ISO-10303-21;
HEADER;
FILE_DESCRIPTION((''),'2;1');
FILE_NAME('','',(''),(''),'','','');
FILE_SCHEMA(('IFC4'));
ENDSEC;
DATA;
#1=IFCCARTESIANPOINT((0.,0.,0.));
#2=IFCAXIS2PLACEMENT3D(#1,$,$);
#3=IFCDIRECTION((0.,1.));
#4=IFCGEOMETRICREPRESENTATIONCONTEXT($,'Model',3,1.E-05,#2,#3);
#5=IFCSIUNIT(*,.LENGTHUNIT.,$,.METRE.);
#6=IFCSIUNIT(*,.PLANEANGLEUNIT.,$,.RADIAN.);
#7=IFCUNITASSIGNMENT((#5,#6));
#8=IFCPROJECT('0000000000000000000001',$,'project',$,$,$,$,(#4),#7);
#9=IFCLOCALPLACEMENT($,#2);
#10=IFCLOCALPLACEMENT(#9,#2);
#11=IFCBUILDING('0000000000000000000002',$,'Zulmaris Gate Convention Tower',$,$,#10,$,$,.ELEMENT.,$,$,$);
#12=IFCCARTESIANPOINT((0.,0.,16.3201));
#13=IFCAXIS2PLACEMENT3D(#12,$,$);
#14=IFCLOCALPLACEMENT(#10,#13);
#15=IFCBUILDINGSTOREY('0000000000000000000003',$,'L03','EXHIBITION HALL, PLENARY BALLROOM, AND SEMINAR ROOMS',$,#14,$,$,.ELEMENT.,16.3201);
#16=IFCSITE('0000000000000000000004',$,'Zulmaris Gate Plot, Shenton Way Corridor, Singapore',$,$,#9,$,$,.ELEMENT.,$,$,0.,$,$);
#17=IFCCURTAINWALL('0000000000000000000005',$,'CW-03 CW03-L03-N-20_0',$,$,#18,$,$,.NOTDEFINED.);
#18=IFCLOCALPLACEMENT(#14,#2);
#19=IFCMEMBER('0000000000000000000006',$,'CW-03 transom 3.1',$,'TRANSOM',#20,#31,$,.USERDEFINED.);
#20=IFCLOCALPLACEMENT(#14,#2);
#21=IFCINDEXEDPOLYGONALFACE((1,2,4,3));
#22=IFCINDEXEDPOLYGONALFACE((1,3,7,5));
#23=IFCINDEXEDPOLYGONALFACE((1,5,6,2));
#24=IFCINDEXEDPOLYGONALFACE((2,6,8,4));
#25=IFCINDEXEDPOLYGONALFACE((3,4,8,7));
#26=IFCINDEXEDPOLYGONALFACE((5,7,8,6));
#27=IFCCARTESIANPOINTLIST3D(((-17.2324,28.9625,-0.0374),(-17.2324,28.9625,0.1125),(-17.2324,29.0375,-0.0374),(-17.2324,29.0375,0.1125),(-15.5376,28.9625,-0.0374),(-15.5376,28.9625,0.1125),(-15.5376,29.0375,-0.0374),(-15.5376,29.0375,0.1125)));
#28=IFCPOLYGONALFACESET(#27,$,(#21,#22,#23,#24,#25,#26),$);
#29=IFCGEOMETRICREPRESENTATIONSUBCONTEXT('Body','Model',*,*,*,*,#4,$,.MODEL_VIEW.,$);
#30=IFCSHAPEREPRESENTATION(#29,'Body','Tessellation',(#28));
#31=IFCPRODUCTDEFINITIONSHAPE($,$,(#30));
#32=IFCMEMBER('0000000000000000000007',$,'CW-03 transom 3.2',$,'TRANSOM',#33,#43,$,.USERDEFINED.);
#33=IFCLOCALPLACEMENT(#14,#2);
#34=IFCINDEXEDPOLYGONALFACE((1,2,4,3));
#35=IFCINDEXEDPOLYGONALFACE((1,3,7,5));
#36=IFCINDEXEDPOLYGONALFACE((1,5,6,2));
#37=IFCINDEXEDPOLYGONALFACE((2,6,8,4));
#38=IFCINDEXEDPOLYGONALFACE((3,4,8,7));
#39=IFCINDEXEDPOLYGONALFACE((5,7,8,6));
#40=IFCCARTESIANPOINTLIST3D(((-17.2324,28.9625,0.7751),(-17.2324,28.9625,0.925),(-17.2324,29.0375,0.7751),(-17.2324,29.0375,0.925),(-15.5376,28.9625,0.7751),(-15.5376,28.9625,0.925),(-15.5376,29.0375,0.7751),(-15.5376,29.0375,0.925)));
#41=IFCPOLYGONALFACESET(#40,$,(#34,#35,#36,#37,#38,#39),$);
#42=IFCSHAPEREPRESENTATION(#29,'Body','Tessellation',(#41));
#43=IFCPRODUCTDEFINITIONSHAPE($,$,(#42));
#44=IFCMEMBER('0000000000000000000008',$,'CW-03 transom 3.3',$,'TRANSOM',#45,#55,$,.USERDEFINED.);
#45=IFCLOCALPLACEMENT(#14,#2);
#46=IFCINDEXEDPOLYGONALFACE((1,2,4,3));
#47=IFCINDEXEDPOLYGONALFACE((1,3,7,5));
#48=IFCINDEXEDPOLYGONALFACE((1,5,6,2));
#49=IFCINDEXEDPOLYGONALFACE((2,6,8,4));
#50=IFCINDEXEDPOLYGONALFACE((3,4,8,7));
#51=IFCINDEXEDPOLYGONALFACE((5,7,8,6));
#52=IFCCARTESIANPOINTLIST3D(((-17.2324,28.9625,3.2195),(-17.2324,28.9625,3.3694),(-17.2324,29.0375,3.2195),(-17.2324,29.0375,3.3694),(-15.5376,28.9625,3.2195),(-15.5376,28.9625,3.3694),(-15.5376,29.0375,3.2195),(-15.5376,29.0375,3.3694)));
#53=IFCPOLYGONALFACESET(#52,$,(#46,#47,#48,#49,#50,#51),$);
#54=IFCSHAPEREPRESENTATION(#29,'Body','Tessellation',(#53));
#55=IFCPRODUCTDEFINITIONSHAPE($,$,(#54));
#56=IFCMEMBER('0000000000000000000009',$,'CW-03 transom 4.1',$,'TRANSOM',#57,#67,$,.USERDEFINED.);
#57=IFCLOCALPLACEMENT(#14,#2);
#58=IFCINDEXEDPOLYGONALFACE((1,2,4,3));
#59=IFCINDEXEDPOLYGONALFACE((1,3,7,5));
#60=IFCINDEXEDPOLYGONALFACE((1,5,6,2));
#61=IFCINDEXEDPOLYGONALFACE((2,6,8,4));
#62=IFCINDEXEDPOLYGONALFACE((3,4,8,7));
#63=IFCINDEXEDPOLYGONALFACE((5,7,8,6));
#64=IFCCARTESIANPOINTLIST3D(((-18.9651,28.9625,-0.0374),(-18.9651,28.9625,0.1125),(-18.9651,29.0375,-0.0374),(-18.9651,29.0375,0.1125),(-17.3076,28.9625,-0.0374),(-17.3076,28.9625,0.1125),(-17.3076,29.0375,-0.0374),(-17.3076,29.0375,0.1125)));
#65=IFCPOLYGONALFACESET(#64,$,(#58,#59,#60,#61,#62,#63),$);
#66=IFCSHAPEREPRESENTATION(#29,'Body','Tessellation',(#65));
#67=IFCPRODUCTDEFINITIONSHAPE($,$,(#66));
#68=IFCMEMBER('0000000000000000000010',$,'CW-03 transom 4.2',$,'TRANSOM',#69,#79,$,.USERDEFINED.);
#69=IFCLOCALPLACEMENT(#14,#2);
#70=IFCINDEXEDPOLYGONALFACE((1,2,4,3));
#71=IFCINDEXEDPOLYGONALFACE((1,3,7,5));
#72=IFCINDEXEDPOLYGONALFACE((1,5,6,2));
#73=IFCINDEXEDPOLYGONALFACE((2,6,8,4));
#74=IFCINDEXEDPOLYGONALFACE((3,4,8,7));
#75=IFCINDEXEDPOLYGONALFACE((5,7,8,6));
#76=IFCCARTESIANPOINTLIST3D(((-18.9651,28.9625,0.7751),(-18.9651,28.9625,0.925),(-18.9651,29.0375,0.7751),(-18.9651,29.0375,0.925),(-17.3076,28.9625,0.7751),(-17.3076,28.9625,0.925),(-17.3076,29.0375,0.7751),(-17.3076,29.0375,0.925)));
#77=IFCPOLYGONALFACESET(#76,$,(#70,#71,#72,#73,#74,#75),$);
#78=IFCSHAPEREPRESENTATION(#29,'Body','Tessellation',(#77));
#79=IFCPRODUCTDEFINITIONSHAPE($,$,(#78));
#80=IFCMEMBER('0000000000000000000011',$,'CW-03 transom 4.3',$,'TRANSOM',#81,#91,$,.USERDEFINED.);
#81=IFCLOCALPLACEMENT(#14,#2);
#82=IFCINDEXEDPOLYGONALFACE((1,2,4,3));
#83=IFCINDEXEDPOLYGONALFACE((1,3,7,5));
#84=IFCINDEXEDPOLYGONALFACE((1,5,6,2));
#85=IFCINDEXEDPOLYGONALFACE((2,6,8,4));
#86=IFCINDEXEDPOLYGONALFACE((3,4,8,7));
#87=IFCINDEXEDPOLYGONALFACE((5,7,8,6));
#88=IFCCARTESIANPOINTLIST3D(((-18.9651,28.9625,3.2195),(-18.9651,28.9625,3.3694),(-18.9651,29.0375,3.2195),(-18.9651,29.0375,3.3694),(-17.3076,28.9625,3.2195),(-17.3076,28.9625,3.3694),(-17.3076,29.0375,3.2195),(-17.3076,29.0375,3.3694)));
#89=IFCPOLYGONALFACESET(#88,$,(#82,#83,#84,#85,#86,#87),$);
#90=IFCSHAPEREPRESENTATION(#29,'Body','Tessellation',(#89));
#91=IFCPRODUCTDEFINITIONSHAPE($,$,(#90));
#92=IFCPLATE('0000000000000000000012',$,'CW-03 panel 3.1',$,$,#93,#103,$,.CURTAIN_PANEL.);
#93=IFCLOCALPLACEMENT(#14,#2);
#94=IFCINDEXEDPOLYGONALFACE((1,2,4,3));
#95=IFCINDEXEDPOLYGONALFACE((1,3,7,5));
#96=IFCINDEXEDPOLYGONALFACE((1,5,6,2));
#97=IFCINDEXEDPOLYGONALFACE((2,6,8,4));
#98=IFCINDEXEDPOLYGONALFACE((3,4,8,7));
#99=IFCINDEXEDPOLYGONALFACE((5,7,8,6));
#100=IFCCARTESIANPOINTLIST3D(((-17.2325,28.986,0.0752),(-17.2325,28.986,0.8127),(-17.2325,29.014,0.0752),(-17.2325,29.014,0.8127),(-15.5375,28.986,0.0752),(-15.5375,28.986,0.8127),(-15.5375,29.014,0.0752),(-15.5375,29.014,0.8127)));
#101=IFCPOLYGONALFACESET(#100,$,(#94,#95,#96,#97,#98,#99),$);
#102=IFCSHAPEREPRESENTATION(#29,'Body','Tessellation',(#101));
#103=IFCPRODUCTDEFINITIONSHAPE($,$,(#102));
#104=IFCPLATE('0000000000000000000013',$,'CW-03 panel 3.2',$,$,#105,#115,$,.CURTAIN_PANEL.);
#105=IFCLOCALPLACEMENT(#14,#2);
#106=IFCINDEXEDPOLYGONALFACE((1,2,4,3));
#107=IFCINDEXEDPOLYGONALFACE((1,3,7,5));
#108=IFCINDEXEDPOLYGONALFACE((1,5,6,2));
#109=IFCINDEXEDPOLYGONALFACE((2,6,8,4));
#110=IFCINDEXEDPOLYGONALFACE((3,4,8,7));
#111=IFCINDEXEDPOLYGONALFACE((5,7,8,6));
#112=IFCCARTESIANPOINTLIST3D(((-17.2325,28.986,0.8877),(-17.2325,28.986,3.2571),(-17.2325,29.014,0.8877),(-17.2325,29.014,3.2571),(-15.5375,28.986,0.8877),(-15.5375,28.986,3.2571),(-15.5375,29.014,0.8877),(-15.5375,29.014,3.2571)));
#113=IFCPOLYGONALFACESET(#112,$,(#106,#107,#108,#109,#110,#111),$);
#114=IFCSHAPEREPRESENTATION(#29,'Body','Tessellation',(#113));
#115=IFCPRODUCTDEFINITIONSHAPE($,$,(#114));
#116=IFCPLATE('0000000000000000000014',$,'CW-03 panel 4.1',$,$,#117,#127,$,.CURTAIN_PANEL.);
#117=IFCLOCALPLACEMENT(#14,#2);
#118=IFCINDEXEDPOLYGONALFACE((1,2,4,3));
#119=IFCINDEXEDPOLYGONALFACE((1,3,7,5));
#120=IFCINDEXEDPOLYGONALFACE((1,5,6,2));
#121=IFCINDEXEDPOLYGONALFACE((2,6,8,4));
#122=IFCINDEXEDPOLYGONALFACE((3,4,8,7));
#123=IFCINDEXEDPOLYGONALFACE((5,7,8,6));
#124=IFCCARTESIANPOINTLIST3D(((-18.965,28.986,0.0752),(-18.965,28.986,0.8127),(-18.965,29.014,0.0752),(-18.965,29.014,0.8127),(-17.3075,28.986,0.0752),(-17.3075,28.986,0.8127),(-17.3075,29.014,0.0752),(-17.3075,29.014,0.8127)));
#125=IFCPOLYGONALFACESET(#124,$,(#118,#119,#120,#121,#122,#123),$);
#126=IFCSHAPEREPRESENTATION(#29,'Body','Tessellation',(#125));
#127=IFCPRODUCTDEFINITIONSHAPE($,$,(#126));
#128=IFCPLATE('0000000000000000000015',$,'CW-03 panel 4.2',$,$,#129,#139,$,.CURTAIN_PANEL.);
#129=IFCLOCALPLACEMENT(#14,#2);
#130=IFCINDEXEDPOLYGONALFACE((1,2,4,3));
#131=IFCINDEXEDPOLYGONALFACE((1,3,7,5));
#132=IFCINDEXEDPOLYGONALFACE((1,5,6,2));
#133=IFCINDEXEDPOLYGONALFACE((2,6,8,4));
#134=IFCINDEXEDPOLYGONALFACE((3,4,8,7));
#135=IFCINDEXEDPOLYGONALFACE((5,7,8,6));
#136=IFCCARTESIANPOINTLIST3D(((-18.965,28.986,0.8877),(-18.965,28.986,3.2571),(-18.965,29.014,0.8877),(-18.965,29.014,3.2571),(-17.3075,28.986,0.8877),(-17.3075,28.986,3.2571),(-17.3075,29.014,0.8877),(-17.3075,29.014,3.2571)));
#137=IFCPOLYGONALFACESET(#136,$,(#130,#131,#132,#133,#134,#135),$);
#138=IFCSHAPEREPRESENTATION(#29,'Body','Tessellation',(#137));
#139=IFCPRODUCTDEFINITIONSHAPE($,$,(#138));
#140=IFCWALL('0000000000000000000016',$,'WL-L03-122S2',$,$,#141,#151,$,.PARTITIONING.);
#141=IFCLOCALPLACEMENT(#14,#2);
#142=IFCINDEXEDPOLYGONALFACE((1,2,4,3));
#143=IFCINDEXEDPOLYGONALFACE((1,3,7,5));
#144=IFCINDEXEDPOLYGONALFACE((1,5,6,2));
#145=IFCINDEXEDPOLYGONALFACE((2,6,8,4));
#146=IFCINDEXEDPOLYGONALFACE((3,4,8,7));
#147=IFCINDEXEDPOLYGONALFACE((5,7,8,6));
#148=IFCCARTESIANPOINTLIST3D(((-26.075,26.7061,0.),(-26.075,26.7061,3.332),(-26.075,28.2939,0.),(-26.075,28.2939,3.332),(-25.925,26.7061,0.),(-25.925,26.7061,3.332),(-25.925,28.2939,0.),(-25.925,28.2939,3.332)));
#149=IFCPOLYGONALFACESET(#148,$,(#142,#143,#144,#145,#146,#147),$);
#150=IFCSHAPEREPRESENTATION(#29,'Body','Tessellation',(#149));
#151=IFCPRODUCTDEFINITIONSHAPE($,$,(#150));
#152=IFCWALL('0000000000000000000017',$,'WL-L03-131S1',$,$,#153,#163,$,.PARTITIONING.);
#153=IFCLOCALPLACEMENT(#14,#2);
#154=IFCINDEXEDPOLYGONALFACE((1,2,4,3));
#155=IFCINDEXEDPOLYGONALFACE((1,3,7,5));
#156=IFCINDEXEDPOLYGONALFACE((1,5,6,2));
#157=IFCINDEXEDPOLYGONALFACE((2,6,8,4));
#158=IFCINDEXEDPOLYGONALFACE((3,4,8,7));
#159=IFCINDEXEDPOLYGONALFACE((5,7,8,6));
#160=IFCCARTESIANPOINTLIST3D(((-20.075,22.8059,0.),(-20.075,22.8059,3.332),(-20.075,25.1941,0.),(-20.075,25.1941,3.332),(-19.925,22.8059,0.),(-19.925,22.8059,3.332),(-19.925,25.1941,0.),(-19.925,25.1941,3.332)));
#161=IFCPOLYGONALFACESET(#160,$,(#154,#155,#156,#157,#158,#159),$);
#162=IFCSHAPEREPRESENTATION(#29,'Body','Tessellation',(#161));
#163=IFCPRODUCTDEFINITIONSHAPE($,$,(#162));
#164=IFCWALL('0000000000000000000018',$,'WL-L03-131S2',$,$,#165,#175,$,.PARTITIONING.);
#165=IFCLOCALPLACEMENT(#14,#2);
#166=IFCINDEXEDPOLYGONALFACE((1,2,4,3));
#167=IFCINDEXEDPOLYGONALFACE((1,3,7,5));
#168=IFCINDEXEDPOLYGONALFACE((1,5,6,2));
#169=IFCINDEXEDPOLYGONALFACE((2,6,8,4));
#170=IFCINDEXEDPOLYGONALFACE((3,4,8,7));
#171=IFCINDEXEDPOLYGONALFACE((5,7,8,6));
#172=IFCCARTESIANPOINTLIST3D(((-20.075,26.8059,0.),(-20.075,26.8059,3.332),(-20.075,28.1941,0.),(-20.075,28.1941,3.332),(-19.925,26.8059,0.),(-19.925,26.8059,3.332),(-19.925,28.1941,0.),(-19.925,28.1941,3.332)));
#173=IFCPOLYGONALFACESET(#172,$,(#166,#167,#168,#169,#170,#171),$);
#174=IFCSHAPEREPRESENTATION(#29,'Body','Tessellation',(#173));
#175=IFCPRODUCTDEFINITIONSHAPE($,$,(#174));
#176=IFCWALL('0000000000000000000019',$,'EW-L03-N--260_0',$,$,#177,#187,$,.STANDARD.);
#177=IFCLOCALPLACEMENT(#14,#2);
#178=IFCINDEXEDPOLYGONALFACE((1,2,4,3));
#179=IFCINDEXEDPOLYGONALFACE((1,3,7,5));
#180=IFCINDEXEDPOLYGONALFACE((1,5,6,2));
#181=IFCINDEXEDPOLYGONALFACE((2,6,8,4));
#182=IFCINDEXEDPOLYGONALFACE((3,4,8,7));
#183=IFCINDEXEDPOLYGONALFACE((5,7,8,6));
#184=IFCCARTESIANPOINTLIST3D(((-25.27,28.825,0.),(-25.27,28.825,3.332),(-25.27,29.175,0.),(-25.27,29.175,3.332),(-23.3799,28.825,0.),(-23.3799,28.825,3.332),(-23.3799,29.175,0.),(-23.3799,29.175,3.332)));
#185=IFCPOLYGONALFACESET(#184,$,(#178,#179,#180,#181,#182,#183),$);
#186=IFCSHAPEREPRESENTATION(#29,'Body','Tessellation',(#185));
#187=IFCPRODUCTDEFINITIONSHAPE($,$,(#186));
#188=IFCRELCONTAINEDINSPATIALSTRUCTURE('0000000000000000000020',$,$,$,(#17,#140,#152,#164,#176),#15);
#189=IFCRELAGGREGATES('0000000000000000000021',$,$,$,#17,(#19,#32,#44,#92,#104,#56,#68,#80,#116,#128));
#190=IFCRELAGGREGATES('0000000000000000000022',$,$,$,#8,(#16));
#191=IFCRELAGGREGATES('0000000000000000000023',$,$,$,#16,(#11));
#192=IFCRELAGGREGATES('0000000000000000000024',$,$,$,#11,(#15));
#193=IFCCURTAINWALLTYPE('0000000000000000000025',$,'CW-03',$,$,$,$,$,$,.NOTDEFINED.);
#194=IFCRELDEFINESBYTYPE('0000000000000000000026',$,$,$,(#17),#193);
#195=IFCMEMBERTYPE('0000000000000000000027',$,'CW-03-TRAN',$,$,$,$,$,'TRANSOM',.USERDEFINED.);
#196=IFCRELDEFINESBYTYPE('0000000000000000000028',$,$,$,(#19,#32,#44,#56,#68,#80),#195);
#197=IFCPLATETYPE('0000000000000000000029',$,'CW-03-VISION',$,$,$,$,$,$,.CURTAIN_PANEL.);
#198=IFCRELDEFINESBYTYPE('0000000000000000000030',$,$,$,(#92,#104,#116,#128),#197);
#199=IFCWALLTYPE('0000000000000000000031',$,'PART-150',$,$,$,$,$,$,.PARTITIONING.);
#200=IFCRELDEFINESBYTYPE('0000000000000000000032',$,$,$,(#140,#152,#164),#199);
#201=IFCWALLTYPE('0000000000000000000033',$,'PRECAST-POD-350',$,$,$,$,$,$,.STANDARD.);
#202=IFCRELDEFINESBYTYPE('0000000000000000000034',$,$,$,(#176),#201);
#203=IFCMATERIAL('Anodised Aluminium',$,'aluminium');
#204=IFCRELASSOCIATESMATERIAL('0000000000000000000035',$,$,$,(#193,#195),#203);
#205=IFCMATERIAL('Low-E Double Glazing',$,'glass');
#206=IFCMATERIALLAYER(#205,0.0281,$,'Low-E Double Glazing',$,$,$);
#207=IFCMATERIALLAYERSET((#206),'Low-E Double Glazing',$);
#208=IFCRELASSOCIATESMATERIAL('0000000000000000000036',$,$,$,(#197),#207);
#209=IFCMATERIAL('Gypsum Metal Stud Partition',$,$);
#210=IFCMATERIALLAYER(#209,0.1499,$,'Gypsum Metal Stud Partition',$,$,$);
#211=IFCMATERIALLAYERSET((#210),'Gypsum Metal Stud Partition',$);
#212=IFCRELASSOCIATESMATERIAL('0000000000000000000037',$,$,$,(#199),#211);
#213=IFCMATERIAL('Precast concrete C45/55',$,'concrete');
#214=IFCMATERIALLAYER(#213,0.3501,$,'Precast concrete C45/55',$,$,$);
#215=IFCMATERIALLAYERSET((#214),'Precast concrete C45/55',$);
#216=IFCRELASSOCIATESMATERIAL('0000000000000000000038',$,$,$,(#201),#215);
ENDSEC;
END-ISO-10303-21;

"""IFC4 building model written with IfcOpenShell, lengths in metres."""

from ifc_helpers import new_model, si_unit, direction, frame, frame_2d, origin, origin_2d, place, context, subcontext, project, spatial, rectangle, extrude, material, layer, layer_set, material_profile, profile_set, type_object, element, aggregate, save


model = new_model("IFC4")

# Units and contexts
model_context = context("Model", 3, precision=1e-05, world=origin(), true_north=direction((0.0, 1.0)))
body_context = subcontext(model_context, "Body", "Model", "MODEL_VIEW")
ifc_project = project(units=[si_unit("LENGTHUNIT", "METRE"), si_unit("PLANEANGLEUNIT", "RADIAN")], contexts=[model_context])

# Site, building, storey
site_placement = place(None, origin())
site = spatial("IfcSite", under=ifc_project, at=site_placement, Name="Zulmaris Gate Plot, Shenton Way Corridor, Singapore", CompositionType="ELEMENT", RefElevation=0.0)
building_placement = place(site_placement, origin())
building = spatial("IfcBuilding", under=site, at=building_placement, Name="Zulmaris Gate Convention Tower", CompositionType="ELEMENT")
storey_placement = place(building_placement, frame((0.0, 0.0, 16.3201)))
storey = spatial("IfcBuildingStorey", under=building, at=storey_placement, Name="L03", Description="EXHIBITION HALL, PLENARY BALLROOM, AND SEMINAR ROOMS", CompositionType="ELEMENT", Elevation=16.3201)

# Curtain wall, members, plates
ifc_material_1 = material(Name="Anodised Aluminium", Category="aluminium")
curtain_wall_type = type_object("IfcCurtainWallType", Name="CW-03", PredefinedType="NOTDEFINED", material=ifc_material_1)
curtain_wall_placement = place(storey_placement, origin())
curtain_wall = element("IfcCurtainWall", 1, at=curtain_wall_placement, inside=storey, type_object=curtain_wall_type, Name="CW-03 CW03-L03-N-20_0", PredefinedType="NOTDEFINED")
ifc_material_profile_1 = material_profile(ifc_material_1, rectangle(XDim=0.075, YDim=0.1499, at=origin_2d()), Name="ALU TRANSOM 75x150")
ifc_profile_set_1 = profile_set([ifc_material_profile_1], Name="Anodised Aluminium")
member_type_1 = type_object("IfcMemberType", Name="CW-03-TRAN", ElementType="TRANSOM", PredefinedType="USERDEFINED", material=ifc_profile_set_1)
member_1_placement = place(storey_placement, frame((-15.5376, 29.0, 0.0376), z_axis=(-1.0, 0.0, 0.0), x_axis=(0.0, -1.0, 0.0)))
member_1 = element("IfcMember", 2, at=member_1_placement, type_object=member_type_1, Name="CW-03 transom 3.1", ObjectType="TRANSOM", PredefinedType="USERDEFINED", context=body_context, shape_type="SweptSolid", body=[
    extrude(rectangle(XDim=0.075, YDim=0.1499, at=origin_2d()), origin(), (0.0, 0.0, 1.0), 1.6948),
])
member_2_placement = place(storey_placement, frame((-15.5376, 29.0, 0.8501), z_axis=(-1.0, 0.0, 0.0), x_axis=(0.0, -1.0, 0.0)))
member_2 = element("IfcMember", 3, at=member_2_placement, type_object=member_type_1, Name="CW-03 transom 3.2", ObjectType="TRANSOM", PredefinedType="USERDEFINED", context=body_context, shape_type="SweptSolid", body=[
    extrude(rectangle(XDim=0.075, YDim=0.1499, at=origin_2d()), origin(), (0.0, 0.0, 1.0), 1.6948),
])
member_3_placement = place(storey_placement, frame((-15.5376, 29.0, 3.2944), z_axis=(-1.0, 0.0, 0.0), x_axis=(0.0, -1.0, 0.0)))
member_3 = element("IfcMember", 4, at=member_3_placement, type_object=member_type_1, Name="CW-03 transom 3.3", ObjectType="TRANSOM", PredefinedType="USERDEFINED", context=body_context, shape_type="SweptSolid", body=[
    extrude(rectangle(XDim=0.075, YDim=0.1499, at=origin_2d()), origin(), (0.0, 0.0, 1.0), 1.6948),
])
member_4_placement = place(storey_placement, frame((-17.3076, 29.0, 0.0376), z_axis=(-1.0, 0.0, 0.0), x_axis=(0.0, -1.0, 0.0)))
member_4 = element("IfcMember", 5, at=member_4_placement, type_object=member_type_1, Name="CW-03 transom 4.1", ObjectType="TRANSOM", PredefinedType="USERDEFINED", context=body_context, shape_type="SweptSolid", body=[
    extrude(rectangle(XDim=0.075, YDim=0.1499, at=origin_2d()), origin(), (0.0, 0.0, 1.0), 1.6575),
])
member_5_placement = place(storey_placement, frame((-17.3076, 29.0, 0.8501), z_axis=(-1.0, 0.0, 0.0), x_axis=(0.0, -1.0, 0.0)))
member_5 = element("IfcMember", 6, at=member_5_placement, type_object=member_type_1, Name="CW-03 transom 4.2", ObjectType="TRANSOM", PredefinedType="USERDEFINED", context=body_context, shape_type="SweptSolid", body=[
    extrude(rectangle(XDim=0.075, YDim=0.1499, at=origin_2d()), origin(), (0.0, 0.0, 1.0), 1.6575),
])
member_6_placement = place(storey_placement, frame((-17.3076, 29.0, 3.2944), z_axis=(-1.0, 0.0, 0.0), x_axis=(0.0, -1.0, 0.0)))
member_6 = element("IfcMember", 7, at=member_6_placement, type_object=member_type_1, Name="CW-03 transom 4.3", ObjectType="TRANSOM", PredefinedType="USERDEFINED", context=body_context, shape_type="SweptSolid", body=[
    extrude(rectangle(XDim=0.075, YDim=0.1499, at=origin_2d()), origin(), (0.0, 0.0, 1.0), 1.6575),
])
ifc_material_2 = material(Name="Low-E Double Glazing", Category="glass")
ifc_layer_1 = layer(ifc_material_2, 0.0281, Name="Low-E Double Glazing")
ifc_layer_set_1 = layer_set([ifc_layer_1], Name="Low-E Double Glazing")
plate_type = type_object("IfcPlateType", Name="CW-03-VISION", PredefinedType="CURTAIN_PANEL", material=ifc_layer_set_1)
plate_1_placement = place(storey_placement, frame((-16.385, 29.0, 0.0752), z_axis=(0.0, 0.0, 1.0), x_axis=(-1.0, 0.0, 0.0)))
plate_1 = element("IfcPlate", 8, at=plate_1_placement, type_object=plate_type, Name="CW-03 panel 3.1", PredefinedType="CURTAIN_PANEL", context=body_context, shape_type="SweptSolid", body=[
    extrude(rectangle(XDim=1.6951, YDim=0.0281, at=origin_2d()), origin(), (0.0, 0.0, 1.0), 0.7375),
])
plate_2_placement = place(storey_placement, frame((-16.385, 29.0, 0.8877), z_axis=(0.0, 0.0, 1.0), x_axis=(-1.0, 0.0, 0.0)))
plate_2 = element("IfcPlate", 9, at=plate_2_placement, type_object=plate_type, Name="CW-03 panel 3.2", PredefinedType="CURTAIN_PANEL", context=body_context, shape_type="SweptSolid", body=[
    extrude(rectangle(XDim=1.6951, YDim=0.0281, at=origin_2d()), origin(), (0.0, 0.0, 1.0), 2.3694),
])
plate_3_placement = place(storey_placement, frame((-18.1362, 29.0, 0.0752), z_axis=(0.0, 0.0, 1.0), x_axis=(-1.0, 0.0, 0.0)))
plate_3 = element("IfcPlate", 10, at=plate_3_placement, type_object=plate_type, Name="CW-03 panel 4.1", PredefinedType="CURTAIN_PANEL", context=body_context, shape_type="SweptSolid", body=[
    extrude(rectangle(XDim=1.6575, YDim=0.0281, at=origin_2d()), origin(), (0.0, 0.0, 1.0), 0.7375),
])
plate_4_placement = place(storey_placement, frame((-18.1362, 29.0, 0.8877), z_axis=(0.0, 0.0, 1.0), x_axis=(-1.0, 0.0, 0.0)))
plate_4 = element("IfcPlate", 11, at=plate_4_placement, type_object=plate_type, Name="CW-03 panel 4.2", PredefinedType="CURTAIN_PANEL", context=body_context, shape_type="SweptSolid", body=[
    extrude(rectangle(XDim=1.6575, YDim=0.0281, at=origin_2d()), origin(), (0.0, 0.0, 1.0), 2.3694),
])
aggregate(curtain_wall, [member_1, member_2, member_3, plate_1, plate_2, member_4, member_5, member_6, plate_3, plate_4])

# Walls
ifc_material_3 = material(Name="Gypsum Metal Stud Partition")
ifc_layer_2 = layer(ifc_material_3, 0.1499, Name="Gypsum Metal Stud Partition")
ifc_layer_set_2 = layer_set([ifc_layer_2], Name="Gypsum Metal Stud Partition")
wall_type_1 = type_object("IfcWallType", Name="PART-150", PredefinedType="PARTITIONING", material=ifc_layer_set_2)
wall_1_placement = place(storey_placement, frame((-26.0, 26.7061, 0.0), z_axis=(0.0, 0.0, 1.0), x_axis=(0.0, 1.0, 0.0)))
element("IfcWall", 12, at=wall_1_placement, inside=storey, type_object=wall_type_1, Name="WL-L03-122S2", PredefinedType="PARTITIONING", context=body_context, shape_type="SweptSolid", body=[
    extrude(rectangle(XDim=1.5879, YDim=0.1499, at=frame_2d((0.7939, 0.0))), origin(), (0.0, 0.0, 1.0), 3.332),
])
wall_2_placement = place(storey_placement, frame((-20.0, 22.8059, 0.0), z_axis=(0.0, 0.0, 1.0), x_axis=(0.0, 1.0, 0.0)))
element("IfcWall", 13, at=wall_2_placement, inside=storey, type_object=wall_type_1, Name="WL-L03-131S1", PredefinedType="PARTITIONING", context=body_context, shape_type="SweptSolid", body=[
    extrude(rectangle(XDim=2.3882, YDim=0.1499, at=frame_2d((1.1941, 0.0))), origin(), (0.0, 0.0, 1.0), 3.332),
])
wall_3_placement = place(storey_placement, frame((-20.0, 26.8059, 0.0), z_axis=(0.0, 0.0, 1.0), x_axis=(0.0, 1.0, 0.0)))
element("IfcWall", 14, at=wall_3_placement, inside=storey, type_object=wall_type_1, Name="WL-L03-131S2", PredefinedType="PARTITIONING", context=body_context, shape_type="SweptSolid", body=[
    extrude(rectangle(XDim=1.3882, YDim=0.1499, at=frame_2d((0.6941, 0.0))), origin(), (0.0, 0.0, 1.0), 3.332),
])
ifc_material_4 = material(Name="Precast concrete C45/55", Category="concrete")
ifc_layer_3 = layer(ifc_material_4, 0.3501, Name="Precast concrete C45/55")
ifc_layer_set_3 = layer_set([ifc_layer_3], Name="Precast concrete C45/55")
wall_type_2 = type_object("IfcWallType", Name="PRECAST-POD-350", PredefinedType="STANDARD", material=ifc_layer_set_3)
wall_4_placement = place(storey_placement, frame((-23.3799, 29.0, 0.0), z_axis=(0.0, 0.0, 1.0), x_axis=(-1.0, 0.0, 0.0)))
element("IfcWall", 15, at=wall_4_placement, inside=storey, type_object=wall_type_2, Name="EW-L03-N--260_0", PredefinedType="STANDARD", context=body_context, shape_type="SweptSolid", body=[
    extrude(rectangle(XDim=1.8901, YDim=0.3501, at=frame_2d((0.9451, 0.0))), origin(), (0.0, 0.0, 1.0), 3.332),
])

save(model, "model.ifc")
